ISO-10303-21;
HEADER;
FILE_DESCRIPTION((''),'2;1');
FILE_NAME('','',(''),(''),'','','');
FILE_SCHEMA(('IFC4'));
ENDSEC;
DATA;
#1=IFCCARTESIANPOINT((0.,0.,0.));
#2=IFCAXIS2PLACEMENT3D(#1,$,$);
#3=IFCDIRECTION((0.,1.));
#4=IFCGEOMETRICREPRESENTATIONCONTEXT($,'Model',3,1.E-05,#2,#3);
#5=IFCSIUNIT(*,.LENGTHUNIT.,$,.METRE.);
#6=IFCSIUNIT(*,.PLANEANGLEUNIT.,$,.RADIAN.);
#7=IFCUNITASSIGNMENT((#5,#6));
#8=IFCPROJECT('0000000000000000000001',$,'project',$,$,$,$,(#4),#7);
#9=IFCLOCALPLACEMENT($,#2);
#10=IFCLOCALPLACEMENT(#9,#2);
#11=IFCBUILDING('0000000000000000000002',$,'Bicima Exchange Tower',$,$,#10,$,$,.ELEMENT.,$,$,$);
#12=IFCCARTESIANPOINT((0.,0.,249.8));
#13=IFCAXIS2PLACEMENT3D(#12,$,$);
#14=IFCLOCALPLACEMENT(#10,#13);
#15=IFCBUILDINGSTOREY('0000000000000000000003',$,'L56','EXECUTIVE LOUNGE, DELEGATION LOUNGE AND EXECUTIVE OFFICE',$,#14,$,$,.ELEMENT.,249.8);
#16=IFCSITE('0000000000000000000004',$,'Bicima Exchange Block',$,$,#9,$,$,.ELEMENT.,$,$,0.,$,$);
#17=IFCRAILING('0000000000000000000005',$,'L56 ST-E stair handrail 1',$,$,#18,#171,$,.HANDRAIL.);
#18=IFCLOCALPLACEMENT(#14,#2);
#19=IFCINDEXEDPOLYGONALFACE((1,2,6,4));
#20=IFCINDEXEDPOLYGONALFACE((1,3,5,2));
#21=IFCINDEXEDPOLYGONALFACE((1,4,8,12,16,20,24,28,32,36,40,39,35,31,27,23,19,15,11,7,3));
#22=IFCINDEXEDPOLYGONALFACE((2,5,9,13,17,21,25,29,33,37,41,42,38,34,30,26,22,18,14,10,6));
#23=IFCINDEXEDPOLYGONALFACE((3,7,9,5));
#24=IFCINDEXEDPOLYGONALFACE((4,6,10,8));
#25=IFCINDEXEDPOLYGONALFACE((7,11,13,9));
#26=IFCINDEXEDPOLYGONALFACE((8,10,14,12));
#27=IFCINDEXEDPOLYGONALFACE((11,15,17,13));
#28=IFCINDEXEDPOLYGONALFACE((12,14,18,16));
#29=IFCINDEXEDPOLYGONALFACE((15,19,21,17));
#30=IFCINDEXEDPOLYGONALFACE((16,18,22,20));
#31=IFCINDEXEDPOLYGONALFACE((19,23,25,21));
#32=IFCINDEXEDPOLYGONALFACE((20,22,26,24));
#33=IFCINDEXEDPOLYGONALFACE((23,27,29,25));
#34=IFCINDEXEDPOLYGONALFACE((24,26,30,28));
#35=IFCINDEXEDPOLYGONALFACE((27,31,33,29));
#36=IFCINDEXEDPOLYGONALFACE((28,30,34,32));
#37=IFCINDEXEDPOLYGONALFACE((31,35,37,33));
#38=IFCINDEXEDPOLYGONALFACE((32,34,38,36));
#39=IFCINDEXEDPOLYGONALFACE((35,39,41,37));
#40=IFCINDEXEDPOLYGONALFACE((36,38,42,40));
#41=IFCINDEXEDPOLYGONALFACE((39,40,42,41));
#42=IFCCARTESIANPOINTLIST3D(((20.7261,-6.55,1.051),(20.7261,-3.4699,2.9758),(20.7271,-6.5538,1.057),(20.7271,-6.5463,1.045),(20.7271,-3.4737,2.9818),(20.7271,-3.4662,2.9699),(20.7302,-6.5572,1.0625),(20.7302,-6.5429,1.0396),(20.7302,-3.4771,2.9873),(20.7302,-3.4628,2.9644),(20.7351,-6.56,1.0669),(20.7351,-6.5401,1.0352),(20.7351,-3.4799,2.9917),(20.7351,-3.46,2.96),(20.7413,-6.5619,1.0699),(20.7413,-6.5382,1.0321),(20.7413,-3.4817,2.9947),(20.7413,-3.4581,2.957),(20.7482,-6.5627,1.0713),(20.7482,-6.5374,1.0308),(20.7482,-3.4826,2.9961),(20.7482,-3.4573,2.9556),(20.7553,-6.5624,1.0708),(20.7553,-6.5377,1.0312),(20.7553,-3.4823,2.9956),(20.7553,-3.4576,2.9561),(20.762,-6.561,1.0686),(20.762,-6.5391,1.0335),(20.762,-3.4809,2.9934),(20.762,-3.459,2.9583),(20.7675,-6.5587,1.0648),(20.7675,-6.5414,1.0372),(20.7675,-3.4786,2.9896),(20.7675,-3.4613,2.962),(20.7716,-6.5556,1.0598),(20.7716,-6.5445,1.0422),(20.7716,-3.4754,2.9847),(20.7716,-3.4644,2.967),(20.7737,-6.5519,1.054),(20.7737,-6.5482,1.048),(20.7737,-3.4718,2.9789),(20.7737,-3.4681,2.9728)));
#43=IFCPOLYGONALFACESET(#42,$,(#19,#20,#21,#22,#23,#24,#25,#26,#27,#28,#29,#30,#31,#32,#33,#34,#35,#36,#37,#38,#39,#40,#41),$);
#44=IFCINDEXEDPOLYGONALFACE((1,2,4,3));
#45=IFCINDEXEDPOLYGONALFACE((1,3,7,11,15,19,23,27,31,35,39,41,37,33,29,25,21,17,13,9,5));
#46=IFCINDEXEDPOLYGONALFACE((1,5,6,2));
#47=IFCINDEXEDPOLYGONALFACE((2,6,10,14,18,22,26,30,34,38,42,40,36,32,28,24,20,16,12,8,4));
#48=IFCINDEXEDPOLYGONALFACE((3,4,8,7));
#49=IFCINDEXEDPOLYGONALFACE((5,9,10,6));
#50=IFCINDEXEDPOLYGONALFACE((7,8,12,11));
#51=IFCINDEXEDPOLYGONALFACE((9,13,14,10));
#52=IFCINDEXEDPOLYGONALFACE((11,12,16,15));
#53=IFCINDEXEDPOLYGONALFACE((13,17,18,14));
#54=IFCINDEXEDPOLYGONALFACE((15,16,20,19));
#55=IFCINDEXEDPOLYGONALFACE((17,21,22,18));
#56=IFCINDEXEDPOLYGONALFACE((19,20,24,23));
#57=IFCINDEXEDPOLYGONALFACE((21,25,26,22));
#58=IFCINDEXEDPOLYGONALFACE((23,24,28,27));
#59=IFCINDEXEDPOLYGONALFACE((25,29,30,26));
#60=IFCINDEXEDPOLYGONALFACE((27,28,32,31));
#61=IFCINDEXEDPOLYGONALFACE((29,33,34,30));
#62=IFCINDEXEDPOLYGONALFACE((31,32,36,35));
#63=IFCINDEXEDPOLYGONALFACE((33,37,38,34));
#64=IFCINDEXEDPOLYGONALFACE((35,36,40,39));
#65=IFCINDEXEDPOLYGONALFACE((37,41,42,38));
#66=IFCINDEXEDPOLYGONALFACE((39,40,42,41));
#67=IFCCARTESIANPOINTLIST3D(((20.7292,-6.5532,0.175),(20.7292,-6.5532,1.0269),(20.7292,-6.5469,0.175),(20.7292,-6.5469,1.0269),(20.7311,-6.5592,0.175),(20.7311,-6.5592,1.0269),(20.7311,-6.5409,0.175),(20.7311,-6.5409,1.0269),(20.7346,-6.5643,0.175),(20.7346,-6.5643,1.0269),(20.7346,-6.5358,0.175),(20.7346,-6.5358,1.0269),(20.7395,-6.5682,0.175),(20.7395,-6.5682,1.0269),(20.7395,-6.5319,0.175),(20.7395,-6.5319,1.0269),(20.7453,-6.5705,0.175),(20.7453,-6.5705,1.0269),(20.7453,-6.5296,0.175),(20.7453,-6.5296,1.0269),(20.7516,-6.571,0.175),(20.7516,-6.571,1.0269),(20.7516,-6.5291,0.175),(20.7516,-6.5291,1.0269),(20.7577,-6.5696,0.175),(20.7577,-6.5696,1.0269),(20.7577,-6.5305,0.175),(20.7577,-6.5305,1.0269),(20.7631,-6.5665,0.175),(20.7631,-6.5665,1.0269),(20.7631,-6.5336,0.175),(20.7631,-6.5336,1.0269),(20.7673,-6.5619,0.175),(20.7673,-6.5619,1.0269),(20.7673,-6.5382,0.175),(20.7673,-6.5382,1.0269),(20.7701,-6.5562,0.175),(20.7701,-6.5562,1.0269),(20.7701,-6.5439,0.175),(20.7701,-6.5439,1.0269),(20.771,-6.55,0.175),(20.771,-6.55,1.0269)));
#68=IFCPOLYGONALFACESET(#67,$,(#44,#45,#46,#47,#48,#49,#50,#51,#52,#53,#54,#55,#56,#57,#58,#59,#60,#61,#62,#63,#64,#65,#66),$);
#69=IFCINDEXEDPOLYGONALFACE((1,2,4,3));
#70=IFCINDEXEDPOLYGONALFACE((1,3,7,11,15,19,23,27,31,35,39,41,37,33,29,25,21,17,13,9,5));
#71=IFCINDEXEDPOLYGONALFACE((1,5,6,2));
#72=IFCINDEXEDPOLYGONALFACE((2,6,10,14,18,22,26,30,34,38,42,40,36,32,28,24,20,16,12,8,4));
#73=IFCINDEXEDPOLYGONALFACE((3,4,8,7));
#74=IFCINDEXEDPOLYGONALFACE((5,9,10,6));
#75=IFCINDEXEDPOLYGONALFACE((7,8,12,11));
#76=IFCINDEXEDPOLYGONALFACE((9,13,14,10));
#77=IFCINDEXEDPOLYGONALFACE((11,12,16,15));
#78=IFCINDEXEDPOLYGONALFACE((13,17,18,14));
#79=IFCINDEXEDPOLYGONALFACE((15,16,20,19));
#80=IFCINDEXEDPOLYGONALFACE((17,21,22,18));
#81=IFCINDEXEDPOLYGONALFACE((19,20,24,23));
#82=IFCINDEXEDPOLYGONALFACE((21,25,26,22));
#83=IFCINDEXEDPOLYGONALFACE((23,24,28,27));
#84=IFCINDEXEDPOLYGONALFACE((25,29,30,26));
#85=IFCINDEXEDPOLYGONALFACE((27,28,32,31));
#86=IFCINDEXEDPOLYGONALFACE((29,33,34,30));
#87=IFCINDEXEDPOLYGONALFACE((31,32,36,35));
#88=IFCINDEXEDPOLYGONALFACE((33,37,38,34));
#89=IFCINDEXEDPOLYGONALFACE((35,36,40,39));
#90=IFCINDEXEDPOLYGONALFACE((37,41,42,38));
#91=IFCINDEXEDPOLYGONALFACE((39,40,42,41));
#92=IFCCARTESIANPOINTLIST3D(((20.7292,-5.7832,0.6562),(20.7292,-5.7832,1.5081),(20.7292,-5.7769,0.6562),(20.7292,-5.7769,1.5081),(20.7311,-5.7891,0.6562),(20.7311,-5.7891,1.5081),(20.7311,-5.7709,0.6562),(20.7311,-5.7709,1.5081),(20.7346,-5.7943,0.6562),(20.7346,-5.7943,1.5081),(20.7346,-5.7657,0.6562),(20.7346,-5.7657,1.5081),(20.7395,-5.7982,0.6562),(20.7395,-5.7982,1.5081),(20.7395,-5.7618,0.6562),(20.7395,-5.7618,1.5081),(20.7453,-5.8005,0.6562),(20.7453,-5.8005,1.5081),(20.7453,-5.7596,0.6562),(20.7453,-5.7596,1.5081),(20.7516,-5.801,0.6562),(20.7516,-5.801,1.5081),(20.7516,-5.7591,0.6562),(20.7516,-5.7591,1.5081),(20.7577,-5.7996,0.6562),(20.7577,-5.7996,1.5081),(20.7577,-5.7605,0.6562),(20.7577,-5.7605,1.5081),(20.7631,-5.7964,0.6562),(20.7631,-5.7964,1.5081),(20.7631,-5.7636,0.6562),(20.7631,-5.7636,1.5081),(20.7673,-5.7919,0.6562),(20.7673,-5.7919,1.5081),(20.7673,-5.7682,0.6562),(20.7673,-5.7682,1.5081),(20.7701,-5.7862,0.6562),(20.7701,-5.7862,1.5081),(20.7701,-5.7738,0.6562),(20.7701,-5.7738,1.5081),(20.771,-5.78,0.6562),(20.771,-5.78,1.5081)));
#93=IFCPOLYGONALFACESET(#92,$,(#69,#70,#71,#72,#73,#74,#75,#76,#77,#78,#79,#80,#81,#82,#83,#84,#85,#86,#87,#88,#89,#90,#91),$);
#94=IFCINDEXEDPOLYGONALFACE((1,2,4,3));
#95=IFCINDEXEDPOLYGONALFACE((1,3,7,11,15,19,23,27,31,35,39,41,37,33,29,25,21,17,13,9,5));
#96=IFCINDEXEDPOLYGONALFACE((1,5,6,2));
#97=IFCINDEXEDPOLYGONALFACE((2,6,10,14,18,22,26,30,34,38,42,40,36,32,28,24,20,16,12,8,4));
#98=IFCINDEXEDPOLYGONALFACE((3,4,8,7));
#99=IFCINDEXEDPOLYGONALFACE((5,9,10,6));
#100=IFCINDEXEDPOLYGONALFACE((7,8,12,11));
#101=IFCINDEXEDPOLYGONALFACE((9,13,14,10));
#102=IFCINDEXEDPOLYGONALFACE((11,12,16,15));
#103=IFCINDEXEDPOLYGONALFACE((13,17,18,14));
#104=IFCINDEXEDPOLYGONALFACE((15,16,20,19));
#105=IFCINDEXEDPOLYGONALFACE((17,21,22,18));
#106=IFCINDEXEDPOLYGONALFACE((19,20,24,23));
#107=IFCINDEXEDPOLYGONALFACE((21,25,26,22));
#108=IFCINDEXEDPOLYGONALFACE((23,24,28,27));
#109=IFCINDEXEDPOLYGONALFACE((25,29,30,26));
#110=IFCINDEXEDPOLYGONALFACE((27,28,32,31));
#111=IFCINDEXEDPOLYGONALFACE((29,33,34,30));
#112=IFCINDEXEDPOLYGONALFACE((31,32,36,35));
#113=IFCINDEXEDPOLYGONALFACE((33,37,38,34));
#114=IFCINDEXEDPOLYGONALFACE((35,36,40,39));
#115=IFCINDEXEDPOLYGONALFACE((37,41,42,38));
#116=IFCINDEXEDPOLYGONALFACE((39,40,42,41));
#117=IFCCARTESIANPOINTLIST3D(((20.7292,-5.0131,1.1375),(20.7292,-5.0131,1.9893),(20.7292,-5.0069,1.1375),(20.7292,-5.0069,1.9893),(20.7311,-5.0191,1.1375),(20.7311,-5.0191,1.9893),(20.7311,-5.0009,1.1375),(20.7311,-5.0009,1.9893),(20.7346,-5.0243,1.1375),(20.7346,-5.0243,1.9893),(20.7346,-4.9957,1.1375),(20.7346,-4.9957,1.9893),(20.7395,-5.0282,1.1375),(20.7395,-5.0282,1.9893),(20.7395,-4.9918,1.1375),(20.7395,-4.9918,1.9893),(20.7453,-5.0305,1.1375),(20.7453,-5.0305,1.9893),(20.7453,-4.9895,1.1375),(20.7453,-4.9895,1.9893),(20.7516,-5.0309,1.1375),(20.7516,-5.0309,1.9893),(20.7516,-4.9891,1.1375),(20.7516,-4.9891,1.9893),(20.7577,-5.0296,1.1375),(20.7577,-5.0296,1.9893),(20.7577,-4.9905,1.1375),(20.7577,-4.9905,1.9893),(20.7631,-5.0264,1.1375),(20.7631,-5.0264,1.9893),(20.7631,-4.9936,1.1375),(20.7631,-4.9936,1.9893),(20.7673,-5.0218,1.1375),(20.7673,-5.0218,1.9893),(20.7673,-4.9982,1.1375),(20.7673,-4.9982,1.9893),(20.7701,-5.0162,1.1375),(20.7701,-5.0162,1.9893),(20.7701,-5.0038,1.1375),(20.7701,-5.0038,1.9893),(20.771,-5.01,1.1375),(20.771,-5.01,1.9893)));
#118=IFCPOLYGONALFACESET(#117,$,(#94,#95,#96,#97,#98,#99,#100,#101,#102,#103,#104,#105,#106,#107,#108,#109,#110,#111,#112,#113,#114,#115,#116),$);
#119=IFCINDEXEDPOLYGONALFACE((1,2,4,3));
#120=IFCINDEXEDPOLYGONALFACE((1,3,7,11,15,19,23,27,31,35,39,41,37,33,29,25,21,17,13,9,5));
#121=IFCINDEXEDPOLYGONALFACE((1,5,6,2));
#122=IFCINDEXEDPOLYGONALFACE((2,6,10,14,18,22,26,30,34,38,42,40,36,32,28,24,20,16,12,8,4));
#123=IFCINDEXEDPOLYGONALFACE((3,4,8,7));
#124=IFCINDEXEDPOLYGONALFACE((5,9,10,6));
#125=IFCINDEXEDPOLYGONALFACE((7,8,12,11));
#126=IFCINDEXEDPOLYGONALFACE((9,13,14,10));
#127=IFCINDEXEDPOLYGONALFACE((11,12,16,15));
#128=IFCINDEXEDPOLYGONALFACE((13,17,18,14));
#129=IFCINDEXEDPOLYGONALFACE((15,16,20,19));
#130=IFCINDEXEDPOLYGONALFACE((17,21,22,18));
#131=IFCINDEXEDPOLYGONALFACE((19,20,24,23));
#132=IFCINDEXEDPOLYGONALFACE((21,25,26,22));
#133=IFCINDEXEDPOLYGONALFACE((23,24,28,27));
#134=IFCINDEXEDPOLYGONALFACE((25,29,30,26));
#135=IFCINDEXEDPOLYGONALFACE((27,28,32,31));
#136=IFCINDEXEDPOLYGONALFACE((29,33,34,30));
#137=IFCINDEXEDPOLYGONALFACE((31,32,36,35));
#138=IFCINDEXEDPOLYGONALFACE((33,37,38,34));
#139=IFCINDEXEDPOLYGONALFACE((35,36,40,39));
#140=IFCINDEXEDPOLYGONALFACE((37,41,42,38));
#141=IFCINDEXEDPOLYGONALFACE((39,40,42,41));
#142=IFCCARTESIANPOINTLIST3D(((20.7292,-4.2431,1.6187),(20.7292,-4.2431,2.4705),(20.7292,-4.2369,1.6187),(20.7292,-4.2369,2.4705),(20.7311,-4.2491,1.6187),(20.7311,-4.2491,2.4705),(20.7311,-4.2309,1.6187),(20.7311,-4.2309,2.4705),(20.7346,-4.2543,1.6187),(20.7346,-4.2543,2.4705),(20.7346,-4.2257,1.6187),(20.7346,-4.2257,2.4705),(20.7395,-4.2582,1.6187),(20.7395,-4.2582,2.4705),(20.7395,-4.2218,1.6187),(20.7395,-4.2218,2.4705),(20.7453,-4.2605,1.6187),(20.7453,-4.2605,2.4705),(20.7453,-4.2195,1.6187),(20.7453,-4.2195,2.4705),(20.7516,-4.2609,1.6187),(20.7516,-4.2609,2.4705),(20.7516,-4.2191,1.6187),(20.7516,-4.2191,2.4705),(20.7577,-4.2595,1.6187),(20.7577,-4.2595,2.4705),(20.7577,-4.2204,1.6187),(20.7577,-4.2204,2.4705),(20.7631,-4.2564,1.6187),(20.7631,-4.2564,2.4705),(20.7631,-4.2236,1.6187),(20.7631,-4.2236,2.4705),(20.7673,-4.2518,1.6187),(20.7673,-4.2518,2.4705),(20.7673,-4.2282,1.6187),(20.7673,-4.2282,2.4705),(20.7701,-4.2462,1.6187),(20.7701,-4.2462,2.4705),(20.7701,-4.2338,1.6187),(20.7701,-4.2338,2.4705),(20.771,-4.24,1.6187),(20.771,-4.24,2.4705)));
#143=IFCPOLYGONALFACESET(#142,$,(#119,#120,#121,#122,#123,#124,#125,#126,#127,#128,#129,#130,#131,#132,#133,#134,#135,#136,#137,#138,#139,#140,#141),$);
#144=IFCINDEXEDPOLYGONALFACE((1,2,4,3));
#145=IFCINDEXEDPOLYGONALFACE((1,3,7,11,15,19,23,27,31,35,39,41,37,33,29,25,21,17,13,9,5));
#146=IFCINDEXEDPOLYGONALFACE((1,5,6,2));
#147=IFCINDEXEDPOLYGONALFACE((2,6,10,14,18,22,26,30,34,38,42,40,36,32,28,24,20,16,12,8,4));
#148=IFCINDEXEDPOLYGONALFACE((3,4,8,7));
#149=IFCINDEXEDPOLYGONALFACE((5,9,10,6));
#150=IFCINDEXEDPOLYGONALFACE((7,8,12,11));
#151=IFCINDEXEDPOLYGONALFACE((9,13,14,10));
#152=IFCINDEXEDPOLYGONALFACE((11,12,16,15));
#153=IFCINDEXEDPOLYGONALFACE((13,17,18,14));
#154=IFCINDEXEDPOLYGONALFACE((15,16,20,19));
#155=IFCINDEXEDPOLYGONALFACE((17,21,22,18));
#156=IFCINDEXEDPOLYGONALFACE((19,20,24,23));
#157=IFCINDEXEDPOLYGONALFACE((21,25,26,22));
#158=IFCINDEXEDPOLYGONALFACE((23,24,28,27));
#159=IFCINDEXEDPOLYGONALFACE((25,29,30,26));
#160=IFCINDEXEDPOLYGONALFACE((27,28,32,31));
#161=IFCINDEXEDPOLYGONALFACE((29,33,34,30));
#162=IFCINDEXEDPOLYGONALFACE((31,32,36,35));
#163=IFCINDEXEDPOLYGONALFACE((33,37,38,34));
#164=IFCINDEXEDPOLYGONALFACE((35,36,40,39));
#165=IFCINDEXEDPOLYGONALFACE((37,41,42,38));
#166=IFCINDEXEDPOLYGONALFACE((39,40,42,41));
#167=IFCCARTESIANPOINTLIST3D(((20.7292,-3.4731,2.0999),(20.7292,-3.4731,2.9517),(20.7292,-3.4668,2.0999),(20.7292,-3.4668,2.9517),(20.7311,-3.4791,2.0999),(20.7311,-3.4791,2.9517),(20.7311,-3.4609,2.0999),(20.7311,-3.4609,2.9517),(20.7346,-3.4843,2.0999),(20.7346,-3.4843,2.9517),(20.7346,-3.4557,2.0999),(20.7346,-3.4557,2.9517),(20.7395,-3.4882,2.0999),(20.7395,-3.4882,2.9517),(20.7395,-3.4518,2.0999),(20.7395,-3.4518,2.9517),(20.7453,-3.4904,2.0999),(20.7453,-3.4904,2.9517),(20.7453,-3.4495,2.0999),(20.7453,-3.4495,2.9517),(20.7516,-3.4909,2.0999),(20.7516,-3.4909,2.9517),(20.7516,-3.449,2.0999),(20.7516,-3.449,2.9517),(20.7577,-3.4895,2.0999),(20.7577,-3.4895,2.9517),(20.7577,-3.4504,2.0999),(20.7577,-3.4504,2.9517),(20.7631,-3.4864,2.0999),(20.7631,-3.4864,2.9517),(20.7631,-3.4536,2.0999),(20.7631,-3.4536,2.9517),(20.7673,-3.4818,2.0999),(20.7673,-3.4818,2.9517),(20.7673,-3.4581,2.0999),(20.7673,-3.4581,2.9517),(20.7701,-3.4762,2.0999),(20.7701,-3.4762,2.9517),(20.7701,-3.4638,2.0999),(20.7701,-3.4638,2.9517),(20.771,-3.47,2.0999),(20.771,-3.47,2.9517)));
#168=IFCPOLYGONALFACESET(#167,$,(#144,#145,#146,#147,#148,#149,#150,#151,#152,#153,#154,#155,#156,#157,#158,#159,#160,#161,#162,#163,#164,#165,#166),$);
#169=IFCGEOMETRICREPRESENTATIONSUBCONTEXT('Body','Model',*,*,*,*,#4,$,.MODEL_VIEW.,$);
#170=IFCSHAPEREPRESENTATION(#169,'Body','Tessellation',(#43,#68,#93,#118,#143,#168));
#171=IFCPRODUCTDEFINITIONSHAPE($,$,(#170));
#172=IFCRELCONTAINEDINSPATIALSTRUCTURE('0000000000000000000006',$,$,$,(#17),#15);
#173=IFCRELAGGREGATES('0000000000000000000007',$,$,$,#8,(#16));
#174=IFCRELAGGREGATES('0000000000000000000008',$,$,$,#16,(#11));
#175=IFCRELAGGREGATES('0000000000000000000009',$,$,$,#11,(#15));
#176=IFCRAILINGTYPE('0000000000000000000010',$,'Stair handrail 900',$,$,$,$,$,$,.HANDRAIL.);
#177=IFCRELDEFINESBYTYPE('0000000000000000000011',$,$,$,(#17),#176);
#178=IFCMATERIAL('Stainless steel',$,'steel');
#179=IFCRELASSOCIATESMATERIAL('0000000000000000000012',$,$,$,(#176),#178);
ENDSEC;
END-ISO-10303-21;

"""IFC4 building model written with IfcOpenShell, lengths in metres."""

from ifc_helpers import new_model, si_unit, direction, frame, origin, origin_2d, place, context, subcontext, project, spatial, circle, extrude, material, type_object, element, save


model = new_model("IFC4")

# Units and contexts
model_context = context("Model", 3, precision=1e-05, world=origin(), true_north=direction((0.0, 1.0)))
body_context = subcontext(model_context, "Body", "Model", "MODEL_VIEW")
ifc_project = project(units=[si_unit("LENGTHUNIT", "METRE"), si_unit("PLANEANGLEUNIT", "RADIAN")], contexts=[model_context])

# Site, building, storey
site_placement = place(None, origin())
site = spatial("IfcSite", under=ifc_project, at=site_placement, Name="Bicima Exchange Block", CompositionType="ELEMENT", RefElevation=0.0)
building_placement = place(site_placement, origin())
building = spatial("IfcBuilding", under=site, at=building_placement, Name="Bicima Exchange Tower", CompositionType="ELEMENT")
storey_placement = place(building_placement, frame((0.0, 0.0, 249.8)))
storey = spatial("IfcBuildingStorey", under=building, at=storey_placement, Name="L56", Description="EXECUTIVE LOUNGE, DELEGATION LOUNGE AND EXECUTIVE OFFICE", CompositionType="ELEMENT", Elevation=249.8)

# Railing
ifc_material_1 = material(Name="Stainless steel", Category="steel")
railing_type_1 = type_object("IfcRailingType", Name="Stair handrail 900", PredefinedType="HANDRAIL", material=ifc_material_1)
railing_1_placement = place(storey_placement, frame((20.75, -6.55, 0.175)))
element("IfcRailing", 1, at=railing_1_placement, inside=storey, type_object=railing_type_1, Name="L56 ST-E stair handrail 1", PredefinedType="HANDRAIL", context=body_context, shape_type="SweptSolid", body=[
    extrude(circle(Radius=0.0239, at=origin_2d()), frame((0.0, 0.0, 0.876), z_axis=(0.0, 0.848029, 0.529951), x_axis=(-1.0, 0.0, 0.0)), (0.0, 0.0, 1.0), 3.6321),
    extrude(circle(Radius=0.021, at=origin_2d()), origin(), (0.0, 0.0, 1.0), 0.8518),
    extrude(circle(Radius=0.021, at=origin_2d()), frame((0.0, 0.77, 0.4812)), (0.0, 0.0, 1.0), 0.8518),
    extrude(circle(Radius=0.021, at=origin_2d()), frame((0.0, 1.54, 0.9624)), (0.0, 0.0, 1.0), 0.8518),
    extrude(circle(Radius=0.021, at=origin_2d()), frame((0.0, 2.3101, 1.4436)), (0.0, 0.0, 1.0), 0.8518),
    extrude(circle(Radius=0.021, at=origin_2d()), frame((0.0, 3.0801, 1.9248)), (0.0, 0.0, 1.0), 0.8518),
])

save(model, "model.ifc")
